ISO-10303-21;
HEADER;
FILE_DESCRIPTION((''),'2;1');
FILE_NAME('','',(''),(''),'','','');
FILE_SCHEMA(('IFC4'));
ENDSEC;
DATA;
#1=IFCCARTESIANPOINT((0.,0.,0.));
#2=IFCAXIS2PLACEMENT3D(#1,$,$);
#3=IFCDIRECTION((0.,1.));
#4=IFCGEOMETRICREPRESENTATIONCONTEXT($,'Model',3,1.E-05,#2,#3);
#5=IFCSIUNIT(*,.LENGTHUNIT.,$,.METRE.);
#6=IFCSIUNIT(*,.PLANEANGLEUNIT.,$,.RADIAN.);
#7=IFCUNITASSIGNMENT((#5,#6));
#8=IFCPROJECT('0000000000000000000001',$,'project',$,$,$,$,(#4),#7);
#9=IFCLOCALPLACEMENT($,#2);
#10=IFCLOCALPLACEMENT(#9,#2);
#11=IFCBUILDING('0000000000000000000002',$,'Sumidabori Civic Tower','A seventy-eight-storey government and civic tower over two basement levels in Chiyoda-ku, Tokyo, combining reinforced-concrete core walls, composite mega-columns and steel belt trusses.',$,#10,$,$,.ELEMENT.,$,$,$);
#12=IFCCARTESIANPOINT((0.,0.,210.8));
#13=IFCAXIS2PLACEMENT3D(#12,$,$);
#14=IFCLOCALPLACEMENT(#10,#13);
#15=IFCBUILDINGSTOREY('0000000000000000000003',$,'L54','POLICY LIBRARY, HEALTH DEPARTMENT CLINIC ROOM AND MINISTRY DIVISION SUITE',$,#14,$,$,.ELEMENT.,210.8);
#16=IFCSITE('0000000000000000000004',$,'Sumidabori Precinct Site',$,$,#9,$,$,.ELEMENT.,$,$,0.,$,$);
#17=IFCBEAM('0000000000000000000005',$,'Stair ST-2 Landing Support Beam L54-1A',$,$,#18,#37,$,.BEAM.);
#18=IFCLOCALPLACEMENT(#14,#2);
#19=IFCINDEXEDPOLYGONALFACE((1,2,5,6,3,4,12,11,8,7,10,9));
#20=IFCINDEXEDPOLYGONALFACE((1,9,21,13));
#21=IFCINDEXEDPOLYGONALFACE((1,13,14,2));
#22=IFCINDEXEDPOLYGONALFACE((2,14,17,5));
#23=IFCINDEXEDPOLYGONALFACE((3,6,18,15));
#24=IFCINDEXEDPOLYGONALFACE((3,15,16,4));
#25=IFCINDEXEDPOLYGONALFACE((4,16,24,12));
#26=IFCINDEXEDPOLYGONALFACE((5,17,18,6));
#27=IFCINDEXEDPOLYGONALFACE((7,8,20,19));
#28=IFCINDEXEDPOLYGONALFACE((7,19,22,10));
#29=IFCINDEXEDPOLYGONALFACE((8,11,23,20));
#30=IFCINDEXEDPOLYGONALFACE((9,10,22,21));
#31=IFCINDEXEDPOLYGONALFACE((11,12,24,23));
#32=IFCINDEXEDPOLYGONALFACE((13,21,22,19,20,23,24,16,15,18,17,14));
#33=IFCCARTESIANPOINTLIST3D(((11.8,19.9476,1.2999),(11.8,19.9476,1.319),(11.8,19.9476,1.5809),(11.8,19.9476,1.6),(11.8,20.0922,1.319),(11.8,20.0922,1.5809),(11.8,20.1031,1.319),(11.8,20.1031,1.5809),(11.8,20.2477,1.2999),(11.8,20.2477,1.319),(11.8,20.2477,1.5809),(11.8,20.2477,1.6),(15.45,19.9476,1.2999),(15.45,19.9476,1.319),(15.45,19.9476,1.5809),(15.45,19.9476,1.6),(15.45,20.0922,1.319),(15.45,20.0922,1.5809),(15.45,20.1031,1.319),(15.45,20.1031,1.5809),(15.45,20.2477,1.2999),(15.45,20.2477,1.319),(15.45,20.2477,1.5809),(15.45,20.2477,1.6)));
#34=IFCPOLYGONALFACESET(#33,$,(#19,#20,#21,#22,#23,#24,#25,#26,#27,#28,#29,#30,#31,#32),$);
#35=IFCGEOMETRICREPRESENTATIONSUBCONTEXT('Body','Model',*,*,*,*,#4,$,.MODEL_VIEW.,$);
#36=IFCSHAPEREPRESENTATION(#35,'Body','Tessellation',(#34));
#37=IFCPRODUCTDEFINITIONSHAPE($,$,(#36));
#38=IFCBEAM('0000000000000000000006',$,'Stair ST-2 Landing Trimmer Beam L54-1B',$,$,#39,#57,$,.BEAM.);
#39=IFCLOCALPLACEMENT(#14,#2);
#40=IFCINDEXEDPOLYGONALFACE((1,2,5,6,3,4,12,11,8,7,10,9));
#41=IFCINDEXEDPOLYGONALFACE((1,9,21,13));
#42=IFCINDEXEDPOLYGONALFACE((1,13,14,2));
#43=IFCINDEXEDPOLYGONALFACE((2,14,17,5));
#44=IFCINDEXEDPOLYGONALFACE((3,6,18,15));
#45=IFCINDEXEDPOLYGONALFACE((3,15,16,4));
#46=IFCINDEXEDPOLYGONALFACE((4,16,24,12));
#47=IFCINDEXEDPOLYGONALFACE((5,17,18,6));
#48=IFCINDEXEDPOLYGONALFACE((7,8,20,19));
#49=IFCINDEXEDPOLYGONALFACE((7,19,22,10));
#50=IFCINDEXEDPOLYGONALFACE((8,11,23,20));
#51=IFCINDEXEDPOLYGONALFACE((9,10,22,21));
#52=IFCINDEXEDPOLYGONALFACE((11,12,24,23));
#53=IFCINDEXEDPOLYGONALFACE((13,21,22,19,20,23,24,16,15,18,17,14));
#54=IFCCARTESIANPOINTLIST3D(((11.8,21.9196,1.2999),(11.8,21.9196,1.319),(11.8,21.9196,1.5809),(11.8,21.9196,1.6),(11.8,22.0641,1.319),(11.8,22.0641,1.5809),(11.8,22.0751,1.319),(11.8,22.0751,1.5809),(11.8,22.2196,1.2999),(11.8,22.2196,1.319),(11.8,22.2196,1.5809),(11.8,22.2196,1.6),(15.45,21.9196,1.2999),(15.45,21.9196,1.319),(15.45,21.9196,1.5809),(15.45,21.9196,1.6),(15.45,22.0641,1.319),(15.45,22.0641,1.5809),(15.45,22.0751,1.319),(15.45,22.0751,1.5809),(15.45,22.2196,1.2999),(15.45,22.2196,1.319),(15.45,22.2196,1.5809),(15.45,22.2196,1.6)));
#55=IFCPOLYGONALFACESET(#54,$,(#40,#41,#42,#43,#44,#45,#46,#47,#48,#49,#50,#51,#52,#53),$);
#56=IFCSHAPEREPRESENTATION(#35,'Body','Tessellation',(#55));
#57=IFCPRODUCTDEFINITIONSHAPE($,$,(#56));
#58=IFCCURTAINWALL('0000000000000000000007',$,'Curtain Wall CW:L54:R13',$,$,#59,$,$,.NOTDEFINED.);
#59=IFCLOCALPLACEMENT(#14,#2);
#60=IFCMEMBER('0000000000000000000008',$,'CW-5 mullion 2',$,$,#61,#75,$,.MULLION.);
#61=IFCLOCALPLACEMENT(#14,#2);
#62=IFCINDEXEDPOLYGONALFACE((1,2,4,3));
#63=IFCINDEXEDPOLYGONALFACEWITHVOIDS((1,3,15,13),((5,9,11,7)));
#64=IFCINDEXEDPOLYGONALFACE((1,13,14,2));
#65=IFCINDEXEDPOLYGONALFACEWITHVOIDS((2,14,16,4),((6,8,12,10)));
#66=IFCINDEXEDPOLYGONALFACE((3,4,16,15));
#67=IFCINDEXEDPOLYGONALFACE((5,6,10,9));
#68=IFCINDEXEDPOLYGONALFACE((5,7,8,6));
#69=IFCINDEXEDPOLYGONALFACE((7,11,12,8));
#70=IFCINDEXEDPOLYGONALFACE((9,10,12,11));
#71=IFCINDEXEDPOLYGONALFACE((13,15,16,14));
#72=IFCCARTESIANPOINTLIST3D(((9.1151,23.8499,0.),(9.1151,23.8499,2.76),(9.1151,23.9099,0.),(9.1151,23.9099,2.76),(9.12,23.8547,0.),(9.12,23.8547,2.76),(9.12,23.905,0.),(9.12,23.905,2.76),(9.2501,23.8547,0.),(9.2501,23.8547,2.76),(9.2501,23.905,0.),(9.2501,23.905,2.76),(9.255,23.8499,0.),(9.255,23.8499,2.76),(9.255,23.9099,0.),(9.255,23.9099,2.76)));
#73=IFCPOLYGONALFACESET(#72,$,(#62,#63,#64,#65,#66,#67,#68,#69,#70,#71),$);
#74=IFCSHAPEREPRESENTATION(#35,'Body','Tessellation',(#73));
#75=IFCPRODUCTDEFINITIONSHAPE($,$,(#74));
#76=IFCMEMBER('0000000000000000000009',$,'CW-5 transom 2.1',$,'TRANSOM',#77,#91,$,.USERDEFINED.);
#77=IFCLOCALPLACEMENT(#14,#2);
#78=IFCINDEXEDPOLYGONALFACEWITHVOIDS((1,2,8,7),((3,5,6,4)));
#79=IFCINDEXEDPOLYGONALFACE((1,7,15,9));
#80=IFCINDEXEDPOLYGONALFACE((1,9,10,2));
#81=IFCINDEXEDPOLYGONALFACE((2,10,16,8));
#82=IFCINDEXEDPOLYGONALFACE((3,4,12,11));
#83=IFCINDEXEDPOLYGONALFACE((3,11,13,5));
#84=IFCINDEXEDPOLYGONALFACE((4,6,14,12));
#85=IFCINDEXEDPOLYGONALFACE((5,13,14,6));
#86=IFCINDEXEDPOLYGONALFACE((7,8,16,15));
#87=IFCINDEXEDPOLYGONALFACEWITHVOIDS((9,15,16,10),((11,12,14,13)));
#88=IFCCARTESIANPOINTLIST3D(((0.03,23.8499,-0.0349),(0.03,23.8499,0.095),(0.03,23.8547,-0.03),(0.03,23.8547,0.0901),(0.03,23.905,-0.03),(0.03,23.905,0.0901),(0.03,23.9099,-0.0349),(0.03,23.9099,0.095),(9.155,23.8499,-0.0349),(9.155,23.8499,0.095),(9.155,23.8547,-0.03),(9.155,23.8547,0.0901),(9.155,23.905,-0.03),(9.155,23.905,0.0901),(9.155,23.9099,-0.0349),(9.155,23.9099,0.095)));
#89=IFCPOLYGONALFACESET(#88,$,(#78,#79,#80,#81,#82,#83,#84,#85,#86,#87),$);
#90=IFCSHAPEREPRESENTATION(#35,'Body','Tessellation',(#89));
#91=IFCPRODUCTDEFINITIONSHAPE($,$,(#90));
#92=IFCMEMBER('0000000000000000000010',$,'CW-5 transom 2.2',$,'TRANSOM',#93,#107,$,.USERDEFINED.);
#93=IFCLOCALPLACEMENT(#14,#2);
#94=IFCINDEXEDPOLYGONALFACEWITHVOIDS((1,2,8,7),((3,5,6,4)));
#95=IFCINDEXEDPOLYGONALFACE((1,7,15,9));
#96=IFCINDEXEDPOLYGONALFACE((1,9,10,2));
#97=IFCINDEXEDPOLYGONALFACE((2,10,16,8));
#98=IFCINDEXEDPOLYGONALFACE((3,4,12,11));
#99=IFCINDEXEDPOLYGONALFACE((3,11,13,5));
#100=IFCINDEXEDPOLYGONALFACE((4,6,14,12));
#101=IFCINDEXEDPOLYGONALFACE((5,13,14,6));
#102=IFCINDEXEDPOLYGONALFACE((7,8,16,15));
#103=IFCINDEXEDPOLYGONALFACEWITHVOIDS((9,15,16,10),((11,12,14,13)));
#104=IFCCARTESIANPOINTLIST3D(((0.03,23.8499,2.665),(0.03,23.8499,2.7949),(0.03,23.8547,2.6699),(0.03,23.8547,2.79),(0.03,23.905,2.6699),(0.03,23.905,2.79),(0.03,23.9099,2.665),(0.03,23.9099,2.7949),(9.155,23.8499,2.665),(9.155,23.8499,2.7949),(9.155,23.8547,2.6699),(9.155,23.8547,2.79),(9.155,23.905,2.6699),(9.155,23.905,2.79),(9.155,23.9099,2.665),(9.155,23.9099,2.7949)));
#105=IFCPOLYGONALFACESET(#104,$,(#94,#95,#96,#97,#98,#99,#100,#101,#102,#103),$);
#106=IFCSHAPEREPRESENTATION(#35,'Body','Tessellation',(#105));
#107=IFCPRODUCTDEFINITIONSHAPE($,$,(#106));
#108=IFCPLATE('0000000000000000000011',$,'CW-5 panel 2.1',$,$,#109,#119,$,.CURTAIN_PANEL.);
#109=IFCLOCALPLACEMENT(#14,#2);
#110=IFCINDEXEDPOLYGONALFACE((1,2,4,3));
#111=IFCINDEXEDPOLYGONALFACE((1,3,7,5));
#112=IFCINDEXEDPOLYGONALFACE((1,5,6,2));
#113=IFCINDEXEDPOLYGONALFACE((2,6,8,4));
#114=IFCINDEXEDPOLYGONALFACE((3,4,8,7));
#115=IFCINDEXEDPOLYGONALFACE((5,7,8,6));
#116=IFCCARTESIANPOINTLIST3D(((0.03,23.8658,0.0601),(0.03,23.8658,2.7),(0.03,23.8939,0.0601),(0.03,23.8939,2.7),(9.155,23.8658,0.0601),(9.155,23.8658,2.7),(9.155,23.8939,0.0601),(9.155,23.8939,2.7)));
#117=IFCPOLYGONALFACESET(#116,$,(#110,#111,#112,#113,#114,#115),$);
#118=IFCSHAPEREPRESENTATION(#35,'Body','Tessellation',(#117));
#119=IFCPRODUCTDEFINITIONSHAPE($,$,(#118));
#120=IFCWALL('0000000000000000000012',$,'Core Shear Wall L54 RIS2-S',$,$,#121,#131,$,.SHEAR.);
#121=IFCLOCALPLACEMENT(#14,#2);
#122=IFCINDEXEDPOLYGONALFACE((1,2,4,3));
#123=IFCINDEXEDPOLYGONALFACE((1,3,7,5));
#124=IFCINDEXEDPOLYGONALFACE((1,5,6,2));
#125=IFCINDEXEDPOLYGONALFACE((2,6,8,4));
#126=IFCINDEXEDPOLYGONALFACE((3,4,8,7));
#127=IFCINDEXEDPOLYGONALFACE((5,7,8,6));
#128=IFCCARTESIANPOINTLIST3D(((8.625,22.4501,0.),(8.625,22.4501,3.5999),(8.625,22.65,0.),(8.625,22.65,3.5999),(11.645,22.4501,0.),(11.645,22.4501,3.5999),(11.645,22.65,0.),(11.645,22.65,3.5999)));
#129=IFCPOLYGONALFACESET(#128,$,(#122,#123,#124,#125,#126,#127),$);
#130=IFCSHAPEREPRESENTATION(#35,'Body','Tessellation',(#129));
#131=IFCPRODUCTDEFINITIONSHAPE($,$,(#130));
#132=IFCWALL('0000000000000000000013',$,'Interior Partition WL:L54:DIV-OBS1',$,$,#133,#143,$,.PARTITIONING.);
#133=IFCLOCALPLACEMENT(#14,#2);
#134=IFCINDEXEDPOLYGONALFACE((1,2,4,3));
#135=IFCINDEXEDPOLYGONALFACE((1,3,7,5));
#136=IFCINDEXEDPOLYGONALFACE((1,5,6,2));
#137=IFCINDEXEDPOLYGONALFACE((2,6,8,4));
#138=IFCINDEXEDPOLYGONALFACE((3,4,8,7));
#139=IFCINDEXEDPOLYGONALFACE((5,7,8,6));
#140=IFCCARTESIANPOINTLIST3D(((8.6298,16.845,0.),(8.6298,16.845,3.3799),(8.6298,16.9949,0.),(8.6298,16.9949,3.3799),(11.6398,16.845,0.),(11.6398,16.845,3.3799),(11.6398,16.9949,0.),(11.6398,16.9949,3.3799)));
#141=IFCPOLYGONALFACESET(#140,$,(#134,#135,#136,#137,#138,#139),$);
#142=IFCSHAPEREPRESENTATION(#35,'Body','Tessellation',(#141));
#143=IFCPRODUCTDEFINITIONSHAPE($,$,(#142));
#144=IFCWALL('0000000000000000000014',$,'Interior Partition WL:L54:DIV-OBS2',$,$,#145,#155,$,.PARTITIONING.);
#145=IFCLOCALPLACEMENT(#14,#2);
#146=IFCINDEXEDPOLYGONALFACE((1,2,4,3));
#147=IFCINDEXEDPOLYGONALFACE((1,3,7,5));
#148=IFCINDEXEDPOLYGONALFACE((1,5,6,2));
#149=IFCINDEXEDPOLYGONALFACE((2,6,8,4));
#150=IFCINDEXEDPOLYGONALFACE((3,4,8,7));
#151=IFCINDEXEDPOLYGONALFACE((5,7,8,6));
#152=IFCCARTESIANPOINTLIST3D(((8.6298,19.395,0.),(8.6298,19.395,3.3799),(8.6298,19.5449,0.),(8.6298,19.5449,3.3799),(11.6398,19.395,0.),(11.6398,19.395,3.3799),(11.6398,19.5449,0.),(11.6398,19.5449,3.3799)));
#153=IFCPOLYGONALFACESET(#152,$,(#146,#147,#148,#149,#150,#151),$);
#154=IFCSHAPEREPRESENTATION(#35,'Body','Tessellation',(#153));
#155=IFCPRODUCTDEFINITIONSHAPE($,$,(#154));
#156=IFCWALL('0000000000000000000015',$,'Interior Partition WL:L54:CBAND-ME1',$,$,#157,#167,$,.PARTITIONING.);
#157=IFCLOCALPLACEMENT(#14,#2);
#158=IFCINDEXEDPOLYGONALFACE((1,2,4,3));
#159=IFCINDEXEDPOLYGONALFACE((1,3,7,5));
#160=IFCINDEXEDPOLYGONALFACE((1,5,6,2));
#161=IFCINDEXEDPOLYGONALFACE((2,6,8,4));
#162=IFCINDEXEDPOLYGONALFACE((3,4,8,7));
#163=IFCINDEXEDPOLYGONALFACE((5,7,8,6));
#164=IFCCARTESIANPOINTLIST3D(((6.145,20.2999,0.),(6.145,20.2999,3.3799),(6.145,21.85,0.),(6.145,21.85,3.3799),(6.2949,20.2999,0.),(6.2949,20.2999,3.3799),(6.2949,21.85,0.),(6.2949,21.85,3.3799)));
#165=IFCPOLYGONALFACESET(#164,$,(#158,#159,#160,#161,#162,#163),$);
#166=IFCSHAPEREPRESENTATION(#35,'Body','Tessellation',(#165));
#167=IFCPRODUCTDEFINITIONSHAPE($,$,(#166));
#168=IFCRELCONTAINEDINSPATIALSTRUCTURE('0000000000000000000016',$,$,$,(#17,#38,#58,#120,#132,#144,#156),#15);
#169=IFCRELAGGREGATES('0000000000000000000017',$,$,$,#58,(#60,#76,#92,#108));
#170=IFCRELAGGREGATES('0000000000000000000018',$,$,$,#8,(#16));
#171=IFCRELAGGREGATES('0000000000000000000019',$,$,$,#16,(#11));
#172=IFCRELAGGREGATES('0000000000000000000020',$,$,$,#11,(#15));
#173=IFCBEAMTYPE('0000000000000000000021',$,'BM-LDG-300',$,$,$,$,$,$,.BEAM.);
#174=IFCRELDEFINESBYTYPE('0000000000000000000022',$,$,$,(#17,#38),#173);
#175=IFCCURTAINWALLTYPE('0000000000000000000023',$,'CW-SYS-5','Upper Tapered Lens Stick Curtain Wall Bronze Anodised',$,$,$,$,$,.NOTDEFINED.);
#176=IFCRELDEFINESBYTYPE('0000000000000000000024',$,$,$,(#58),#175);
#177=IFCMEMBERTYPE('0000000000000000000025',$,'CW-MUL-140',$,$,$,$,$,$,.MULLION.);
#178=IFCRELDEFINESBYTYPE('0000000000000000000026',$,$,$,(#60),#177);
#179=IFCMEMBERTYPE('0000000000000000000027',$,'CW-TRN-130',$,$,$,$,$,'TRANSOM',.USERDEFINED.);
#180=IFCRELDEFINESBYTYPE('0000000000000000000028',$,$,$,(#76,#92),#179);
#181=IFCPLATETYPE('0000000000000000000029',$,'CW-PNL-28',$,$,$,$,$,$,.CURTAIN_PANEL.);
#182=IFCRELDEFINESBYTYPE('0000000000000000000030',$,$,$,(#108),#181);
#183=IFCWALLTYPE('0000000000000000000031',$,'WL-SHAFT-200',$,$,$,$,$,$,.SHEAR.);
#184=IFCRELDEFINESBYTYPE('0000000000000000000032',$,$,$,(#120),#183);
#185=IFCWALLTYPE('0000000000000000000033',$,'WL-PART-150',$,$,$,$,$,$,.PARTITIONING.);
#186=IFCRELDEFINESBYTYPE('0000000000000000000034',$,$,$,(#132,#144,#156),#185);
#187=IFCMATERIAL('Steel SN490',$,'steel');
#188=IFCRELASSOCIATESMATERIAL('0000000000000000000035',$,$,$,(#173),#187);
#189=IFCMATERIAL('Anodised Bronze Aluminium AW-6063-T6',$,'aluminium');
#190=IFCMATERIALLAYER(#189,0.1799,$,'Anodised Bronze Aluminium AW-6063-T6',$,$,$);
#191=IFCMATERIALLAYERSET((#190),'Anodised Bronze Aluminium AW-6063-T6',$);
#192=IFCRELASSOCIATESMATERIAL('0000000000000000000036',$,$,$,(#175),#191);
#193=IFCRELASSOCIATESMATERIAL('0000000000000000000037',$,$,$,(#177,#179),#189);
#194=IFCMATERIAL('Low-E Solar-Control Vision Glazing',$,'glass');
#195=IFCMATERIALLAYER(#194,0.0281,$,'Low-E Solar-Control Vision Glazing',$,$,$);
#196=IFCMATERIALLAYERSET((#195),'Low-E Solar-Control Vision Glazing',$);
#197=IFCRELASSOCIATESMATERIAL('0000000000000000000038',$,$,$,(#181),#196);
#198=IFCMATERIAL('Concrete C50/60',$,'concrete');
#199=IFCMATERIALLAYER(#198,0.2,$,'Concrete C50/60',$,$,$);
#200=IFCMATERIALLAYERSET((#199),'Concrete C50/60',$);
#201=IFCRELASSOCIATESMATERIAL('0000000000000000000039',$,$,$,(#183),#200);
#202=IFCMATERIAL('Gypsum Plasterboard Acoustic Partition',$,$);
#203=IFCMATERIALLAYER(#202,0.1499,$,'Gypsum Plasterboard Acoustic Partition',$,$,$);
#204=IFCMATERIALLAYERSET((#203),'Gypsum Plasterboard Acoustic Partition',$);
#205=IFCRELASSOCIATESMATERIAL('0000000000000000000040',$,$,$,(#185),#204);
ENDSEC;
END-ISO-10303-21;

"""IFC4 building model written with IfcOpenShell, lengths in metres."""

from ifc_helpers import new_model, si_unit, direction, frame, frame_2d, origin, origin_2d, place, context, subcontext, project, spatial, rectangle, hollow_rectangle, i_section, extrude, source, transform, mapped, material, layer, layer_set, material_profile, profile_set, type_object, element, aggregate, save


model = new_model("IFC4")

# Units and contexts
model_context = context("Model", 3, precision=1e-05, world=origin(), true_north=direction((0.0, 1.0)))
body_context = subcontext(model_context, "Body", "Model", "MODEL_VIEW")
ifc_project = project(units=[si_unit("LENGTHUNIT", "METRE"), si_unit("PLANEANGLEUNIT", "RADIAN")], contexts=[model_context])

# Site, building, storey
site_placement = place(None, origin())
site = spatial("IfcSite", under=ifc_project, at=site_placement, Name="Sumidabori Precinct Site", CompositionType="ELEMENT", RefElevation=0.0)
building_placement = place(site_placement, origin())
building = spatial("IfcBuilding", under=site, at=building_placement, Name="Sumidabori Civic Tower", Description="A seventy-eight-storey government and civic tower over two basement levels in Chiyoda-ku, Tokyo, combining reinforced-concrete core walls, composite mega-columns and steel belt trusses.", CompositionType="ELEMENT")
storey_placement = place(building_placement, frame((0.0, 0.0, 210.8)))
storey = spatial("IfcBuildingStorey", under=building, at=storey_placement, Name="L54", Description="POLICY LIBRARY, HEALTH DEPARTMENT CLINIC ROOM AND MINISTRY DIVISION SUITE", CompositionType="ELEMENT", Elevation=210.8)

# Beams
ifc_material_1 = material(Name="Steel SN490", Category="steel")
ifc_material_profile_1 = material_profile(ifc_material_1, i_section(OverallWidth=0.3, OverallDepth=0.3, WebThickness=0.011, FlangeThickness=0.019, at=origin_2d()), Name="HE 300 B")
ifc_profile_set_1 = profile_set([ifc_material_profile_1], Name="Steel SN490")
beam_type = type_object("IfcBeamType", Name="BM-LDG-300", PredefinedType="BEAM", material=ifc_profile_set_1)
shared_shape_1 = source(origin(), body_context, "Body", "SweptSolid", [
    extrude(i_section(OverallWidth=0.3, OverallDepth=0.3, WebThickness=0.011, FlangeThickness=0.019, at=origin_2d()), origin(), (0.0, 0.0, 1.0), 3.6499),
])
for number, where, z_axis, x_axis, name in (
    (1, (11.8, 20.0977, 1.45), (1.0, 0.0, 0.0), (0.0, 1.0, 0.0), "Stair ST-2 Landing Support Beam L54-1A"),
    (2, (11.8, 22.0696, 1.45), (1.0, 0.0, 0.0), (0.0, 1.0, 0.0), "Stair ST-2 Landing Trimmer Beam L54-1B"),
):
    element("IfcBeam", number, at=place(storey_placement, frame(where, z_axis=z_axis, x_axis=x_axis)), inside=storey, type_object=beam_type, Name=name, PredefinedType="BEAM", context=body_context, shape_type="MappedRepresentation", body=[
        mapped(shared_shape_1, transform((0.0, 0.0, 0.0), x_axis=(1.0, 0.0, 0.0), y_axis=(0.0, 1.0, 0.0), z_axis=(0.0, 0.0, 1.0), scale=1.0)),
    ])

# Curtain wall, members, plate
ifc_material_2 = material(Name="Anodised Bronze Aluminium AW-6063-T6", Category="aluminium")
ifc_layer_1 = layer(ifc_material_2, 0.1799, Name="Anodised Bronze Aluminium AW-6063-T6")
ifc_layer_set_1 = layer_set([ifc_layer_1], Name="Anodised Bronze Aluminium AW-6063-T6")
curtain_wall_type = type_object("IfcCurtainWallType", Name="CW-SYS-5", Description="Upper Tapered Lens Stick Curtain Wall Bronze Anodised", PredefinedType="NOTDEFINED", material=ifc_layer_set_1)
curtain_wall_placement = place(storey_placement, origin())
curtain_wall = element("IfcCurtainWall", 3, at=curtain_wall_placement, inside=storey, type_object=curtain_wall_type, Name="Curtain Wall CW:L54:R13", PredefinedType="NOTDEFINED")
ifc_material_profile_2 = material_profile(ifc_material_2, hollow_rectangle(XDim=0.0601, YDim=0.1399, WallThickness=0.0049, at=origin_2d()), Name="ALU MULLION 140x60")
ifc_profile_set_2 = profile_set([ifc_material_profile_2], Name="Anodised Bronze Aluminium AW-6063-T6")
member_type_1 = type_object("IfcMemberType", Name="CW-MUL-140", PredefinedType="MULLION", material=ifc_profile_set_2)
shared_shape_2 = source(origin(), body_context, "Body", "SweptSolid", [
    extrude(hollow_rectangle(XDim=0.0601, YDim=0.1399, WallThickness=0.0049, at=origin_2d()), origin(), (0.0, 0.0, 1.0), 2.76),
])
member_1_placement = place(storey_placement, frame((9.1851, 23.8799, 0.0), z_axis=(0.0, 0.0, 1.0), x_axis=(0.0, -1.0, 0.0)))
member_1 = element("IfcMember", 4, at=member_1_placement, type_object=member_type_1, Name="CW-5 mullion 2", PredefinedType="MULLION", context=body_context, shape_type="MappedRepresentation", body=[
    mapped(shared_shape_2, transform((0.0, 0.0, 0.0), x_axis=(1.0, 0.0, 0.0), y_axis=(0.0, 1.0, 0.0), z_axis=(0.0, 0.0, 1.0), scale=1.0)),
])
ifc_material_profile_3 = material_profile(ifc_material_2, hollow_rectangle(XDim=0.0601, YDim=0.1299, WallThickness=0.0049, at=origin_2d()), Name="ALU TRANSOM 130x60")
ifc_profile_set_3 = profile_set([ifc_material_profile_3], Name="Anodised Bronze Aluminium AW-6063-T6")
member_type_2 = type_object("IfcMemberType", Name="CW-TRN-130", ElementType="TRANSOM", PredefinedType="USERDEFINED", material=ifc_profile_set_3)
shared_shape_3 = source(origin(), body_context, "Body", "SweptSolid", [
    extrude(hollow_rectangle(XDim=0.0601, YDim=0.1299, WallThickness=0.0049, at=origin_2d()), origin(), (0.0, 0.0, 1.0), 9.125),
])
member_2_placement = place(storey_placement, frame((9.155, 23.8799, 0.03), z_axis=(-1.0, 0.0, 0.0), x_axis=(0.0, -1.0, 0.0)))
member_2 = element("IfcMember", 5, at=member_2_placement, type_object=member_type_2, Name="CW-5 transom 2.1", ObjectType="TRANSOM", PredefinedType="USERDEFINED", context=body_context, shape_type="MappedRepresentation", body=[
    mapped(shared_shape_3, transform((0.0, 0.0, 0.0), x_axis=(1.0, 0.0, 0.0), y_axis=(0.0, 1.0, 0.0), z_axis=(0.0, 0.0, 1.0), scale=1.0)),
])
member_3_placement = place(storey_placement, frame((9.155, 23.8799, 2.73), z_axis=(-1.0, 0.0, 0.0), x_axis=(0.0, -1.0, 0.0)))
member_3 = element("IfcMember", 6, at=member_3_placement, type_object=member_type_2, Name="CW-5 transom 2.2", ObjectType="TRANSOM", PredefinedType="USERDEFINED", context=body_context, shape_type="MappedRepresentation", body=[
    mapped(shared_shape_3, transform((0.0, 0.0, 0.0), x_axis=(1.0, 0.0, 0.0), y_axis=(0.0, 1.0, 0.0), z_axis=(0.0, 0.0, 1.0), scale=1.0)),
])
ifc_material_3 = material(Name="Low-E Solar-Control Vision Glazing", Category="glass")
ifc_layer_2 = layer(ifc_material_3, 0.0281, Name="Low-E Solar-Control Vision Glazing")
ifc_layer_set_2 = layer_set([ifc_layer_2], Name="Low-E Solar-Control Vision Glazing")
plate_type = type_object("IfcPlateType", Name="CW-PNL-28", PredefinedType="CURTAIN_PANEL", material=ifc_layer_set_2)
shared_shape_4 = source(origin(), body_context, "Body", "SweptSolid", [
    extrude(rectangle(XDim=9.125, YDim=0.0281, at=origin_2d()), origin(), (0.0, 0.0, 1.0), 2.6399),
])
plate_placement = place(storey_placement, frame((4.5925, 23.8799, 0.0601), z_axis=(0.0, 0.0, 1.0), x_axis=(-1.0, 0.0, 0.0)))
plate = element("IfcPlate", 7, at=plate_placement, type_object=plate_type, Name="CW-5 panel 2.1", PredefinedType="CURTAIN_PANEL", context=body_context, shape_type="MappedRepresentation", body=[
    mapped(shared_shape_4, transform((0.0, 0.0, 0.0), x_axis=(1.0, 0.0, 0.0), y_axis=(0.0, 1.0, 0.0), z_axis=(0.0, 0.0, 1.0), scale=1.0)),
])
aggregate(curtain_wall, [member_1, member_2, member_3, plate])

# Walls
ifc_material_4 = material(Name="Concrete C50/60", Category="concrete")
ifc_layer_3 = layer(ifc_material_4, 0.2, Name="Concrete C50/60")
ifc_layer_set_3 = layer_set([ifc_layer_3], Name="Concrete C50/60")
wall_type_1 = type_object("IfcWallType", Name="WL-SHAFT-200", PredefinedType="SHEAR", material=ifc_layer_set_3)
shared_shape_5 = source(origin(), body_context, "Body", "SweptSolid", [
    extrude(rectangle(XDim=3.02, YDim=0.2, at=frame_2d((1.51, 0.0))), origin(), (0.0, 0.0, 1.0), 3.5999),
])
wall_1_placement = place(storey_placement, frame((8.625, 22.55, 0.0), z_axis=(0.0, 0.0, 1.0), x_axis=(1.0, 0.0, 0.0)))
element("IfcWall", 8, at=wall_1_placement, inside=storey, type_object=wall_type_1, Name="Core Shear Wall L54 RIS2-S", PredefinedType="SHEAR", context=body_context, shape_type="MappedRepresentation", body=[
    mapped(shared_shape_5, transform((0.0, 0.0, 0.0), x_axis=(1.0, 0.0, 0.0), y_axis=(0.0, 1.0, 0.0), z_axis=(0.0, 0.0, 1.0), scale=1.0)),
])
ifc_material_5 = material(Name="Gypsum Plasterboard Acoustic Partition")
ifc_layer_4 = layer(ifc_material_5, 0.1499, Name="Gypsum Plasterboard Acoustic Partition")
ifc_layer_set_4 = layer_set([ifc_layer_4], Name="Gypsum Plasterboard Acoustic Partition")
wall_type_2 = type_object("IfcWallType", Name="WL-PART-150", PredefinedType="PARTITIONING", material=ifc_layer_set_4)
shared_shape_6 = source(origin(), body_context, "Body", "SweptSolid", [
    extrude(rectangle(XDim=3.01, YDim=0.1499, at=frame_2d((1.5049, 0.0))), origin(), (0.0, 0.0, 1.0), 3.3799),
])
for number, where, z_axis, x_axis, name in (
    (9, (8.6299, 16.9199, 0.0), (0.0, 0.0, 1.0), (1.0, 0.0, 0.0), "Interior Partition WL:L54:DIV-OBS1"),
    (10, (8.6299, 19.47, 0.0), (0.0, 0.0, 1.0), (1.0, 0.0, 0.0), "Interior Partition WL:L54:DIV-OBS2"),
):
    element("IfcWall", number, at=place(storey_placement, frame(where, z_axis=z_axis, x_axis=x_axis)), inside=storey, type_object=wall_type_2, Name=name, PredefinedType="PARTITIONING", context=body_context, shape_type="MappedRepresentation", body=[
        mapped(shared_shape_6, transform((0.0, 0.0, 0.0), x_axis=(1.0, 0.0, 0.0), y_axis=(0.0, 1.0, 0.0), z_axis=(0.0, 0.0, 1.0), scale=1.0)),
    ])
shared_shape_7 = source(origin(), body_context, "Body", "SweptSolid", [
    extrude(rectangle(XDim=1.55, YDim=0.1499, at=frame_2d((0.7749, 0.0))), origin(), (0.0, 0.0, 1.0), 3.3799),
])
wall_2_placement = place(storey_placement, frame((6.22, 20.3, 0.0), z_axis=(0.0, 0.0, 1.0), x_axis=(0.0, 1.0, 0.0)))
element("IfcWall", 11, at=wall_2_placement, inside=storey, type_object=wall_type_2, Name="Interior Partition WL:L54:CBAND-ME1", PredefinedType="PARTITIONING", context=body_context, shape_type="MappedRepresentation", body=[
    mapped(shared_shape_7, transform((0.0, 0.0, 0.0), x_axis=(1.0, 0.0, 0.0), y_axis=(0.0, 1.0, 0.0), z_axis=(0.0, 0.0, 1.0), scale=1.0)),
])

save(model, "model.ifc")
